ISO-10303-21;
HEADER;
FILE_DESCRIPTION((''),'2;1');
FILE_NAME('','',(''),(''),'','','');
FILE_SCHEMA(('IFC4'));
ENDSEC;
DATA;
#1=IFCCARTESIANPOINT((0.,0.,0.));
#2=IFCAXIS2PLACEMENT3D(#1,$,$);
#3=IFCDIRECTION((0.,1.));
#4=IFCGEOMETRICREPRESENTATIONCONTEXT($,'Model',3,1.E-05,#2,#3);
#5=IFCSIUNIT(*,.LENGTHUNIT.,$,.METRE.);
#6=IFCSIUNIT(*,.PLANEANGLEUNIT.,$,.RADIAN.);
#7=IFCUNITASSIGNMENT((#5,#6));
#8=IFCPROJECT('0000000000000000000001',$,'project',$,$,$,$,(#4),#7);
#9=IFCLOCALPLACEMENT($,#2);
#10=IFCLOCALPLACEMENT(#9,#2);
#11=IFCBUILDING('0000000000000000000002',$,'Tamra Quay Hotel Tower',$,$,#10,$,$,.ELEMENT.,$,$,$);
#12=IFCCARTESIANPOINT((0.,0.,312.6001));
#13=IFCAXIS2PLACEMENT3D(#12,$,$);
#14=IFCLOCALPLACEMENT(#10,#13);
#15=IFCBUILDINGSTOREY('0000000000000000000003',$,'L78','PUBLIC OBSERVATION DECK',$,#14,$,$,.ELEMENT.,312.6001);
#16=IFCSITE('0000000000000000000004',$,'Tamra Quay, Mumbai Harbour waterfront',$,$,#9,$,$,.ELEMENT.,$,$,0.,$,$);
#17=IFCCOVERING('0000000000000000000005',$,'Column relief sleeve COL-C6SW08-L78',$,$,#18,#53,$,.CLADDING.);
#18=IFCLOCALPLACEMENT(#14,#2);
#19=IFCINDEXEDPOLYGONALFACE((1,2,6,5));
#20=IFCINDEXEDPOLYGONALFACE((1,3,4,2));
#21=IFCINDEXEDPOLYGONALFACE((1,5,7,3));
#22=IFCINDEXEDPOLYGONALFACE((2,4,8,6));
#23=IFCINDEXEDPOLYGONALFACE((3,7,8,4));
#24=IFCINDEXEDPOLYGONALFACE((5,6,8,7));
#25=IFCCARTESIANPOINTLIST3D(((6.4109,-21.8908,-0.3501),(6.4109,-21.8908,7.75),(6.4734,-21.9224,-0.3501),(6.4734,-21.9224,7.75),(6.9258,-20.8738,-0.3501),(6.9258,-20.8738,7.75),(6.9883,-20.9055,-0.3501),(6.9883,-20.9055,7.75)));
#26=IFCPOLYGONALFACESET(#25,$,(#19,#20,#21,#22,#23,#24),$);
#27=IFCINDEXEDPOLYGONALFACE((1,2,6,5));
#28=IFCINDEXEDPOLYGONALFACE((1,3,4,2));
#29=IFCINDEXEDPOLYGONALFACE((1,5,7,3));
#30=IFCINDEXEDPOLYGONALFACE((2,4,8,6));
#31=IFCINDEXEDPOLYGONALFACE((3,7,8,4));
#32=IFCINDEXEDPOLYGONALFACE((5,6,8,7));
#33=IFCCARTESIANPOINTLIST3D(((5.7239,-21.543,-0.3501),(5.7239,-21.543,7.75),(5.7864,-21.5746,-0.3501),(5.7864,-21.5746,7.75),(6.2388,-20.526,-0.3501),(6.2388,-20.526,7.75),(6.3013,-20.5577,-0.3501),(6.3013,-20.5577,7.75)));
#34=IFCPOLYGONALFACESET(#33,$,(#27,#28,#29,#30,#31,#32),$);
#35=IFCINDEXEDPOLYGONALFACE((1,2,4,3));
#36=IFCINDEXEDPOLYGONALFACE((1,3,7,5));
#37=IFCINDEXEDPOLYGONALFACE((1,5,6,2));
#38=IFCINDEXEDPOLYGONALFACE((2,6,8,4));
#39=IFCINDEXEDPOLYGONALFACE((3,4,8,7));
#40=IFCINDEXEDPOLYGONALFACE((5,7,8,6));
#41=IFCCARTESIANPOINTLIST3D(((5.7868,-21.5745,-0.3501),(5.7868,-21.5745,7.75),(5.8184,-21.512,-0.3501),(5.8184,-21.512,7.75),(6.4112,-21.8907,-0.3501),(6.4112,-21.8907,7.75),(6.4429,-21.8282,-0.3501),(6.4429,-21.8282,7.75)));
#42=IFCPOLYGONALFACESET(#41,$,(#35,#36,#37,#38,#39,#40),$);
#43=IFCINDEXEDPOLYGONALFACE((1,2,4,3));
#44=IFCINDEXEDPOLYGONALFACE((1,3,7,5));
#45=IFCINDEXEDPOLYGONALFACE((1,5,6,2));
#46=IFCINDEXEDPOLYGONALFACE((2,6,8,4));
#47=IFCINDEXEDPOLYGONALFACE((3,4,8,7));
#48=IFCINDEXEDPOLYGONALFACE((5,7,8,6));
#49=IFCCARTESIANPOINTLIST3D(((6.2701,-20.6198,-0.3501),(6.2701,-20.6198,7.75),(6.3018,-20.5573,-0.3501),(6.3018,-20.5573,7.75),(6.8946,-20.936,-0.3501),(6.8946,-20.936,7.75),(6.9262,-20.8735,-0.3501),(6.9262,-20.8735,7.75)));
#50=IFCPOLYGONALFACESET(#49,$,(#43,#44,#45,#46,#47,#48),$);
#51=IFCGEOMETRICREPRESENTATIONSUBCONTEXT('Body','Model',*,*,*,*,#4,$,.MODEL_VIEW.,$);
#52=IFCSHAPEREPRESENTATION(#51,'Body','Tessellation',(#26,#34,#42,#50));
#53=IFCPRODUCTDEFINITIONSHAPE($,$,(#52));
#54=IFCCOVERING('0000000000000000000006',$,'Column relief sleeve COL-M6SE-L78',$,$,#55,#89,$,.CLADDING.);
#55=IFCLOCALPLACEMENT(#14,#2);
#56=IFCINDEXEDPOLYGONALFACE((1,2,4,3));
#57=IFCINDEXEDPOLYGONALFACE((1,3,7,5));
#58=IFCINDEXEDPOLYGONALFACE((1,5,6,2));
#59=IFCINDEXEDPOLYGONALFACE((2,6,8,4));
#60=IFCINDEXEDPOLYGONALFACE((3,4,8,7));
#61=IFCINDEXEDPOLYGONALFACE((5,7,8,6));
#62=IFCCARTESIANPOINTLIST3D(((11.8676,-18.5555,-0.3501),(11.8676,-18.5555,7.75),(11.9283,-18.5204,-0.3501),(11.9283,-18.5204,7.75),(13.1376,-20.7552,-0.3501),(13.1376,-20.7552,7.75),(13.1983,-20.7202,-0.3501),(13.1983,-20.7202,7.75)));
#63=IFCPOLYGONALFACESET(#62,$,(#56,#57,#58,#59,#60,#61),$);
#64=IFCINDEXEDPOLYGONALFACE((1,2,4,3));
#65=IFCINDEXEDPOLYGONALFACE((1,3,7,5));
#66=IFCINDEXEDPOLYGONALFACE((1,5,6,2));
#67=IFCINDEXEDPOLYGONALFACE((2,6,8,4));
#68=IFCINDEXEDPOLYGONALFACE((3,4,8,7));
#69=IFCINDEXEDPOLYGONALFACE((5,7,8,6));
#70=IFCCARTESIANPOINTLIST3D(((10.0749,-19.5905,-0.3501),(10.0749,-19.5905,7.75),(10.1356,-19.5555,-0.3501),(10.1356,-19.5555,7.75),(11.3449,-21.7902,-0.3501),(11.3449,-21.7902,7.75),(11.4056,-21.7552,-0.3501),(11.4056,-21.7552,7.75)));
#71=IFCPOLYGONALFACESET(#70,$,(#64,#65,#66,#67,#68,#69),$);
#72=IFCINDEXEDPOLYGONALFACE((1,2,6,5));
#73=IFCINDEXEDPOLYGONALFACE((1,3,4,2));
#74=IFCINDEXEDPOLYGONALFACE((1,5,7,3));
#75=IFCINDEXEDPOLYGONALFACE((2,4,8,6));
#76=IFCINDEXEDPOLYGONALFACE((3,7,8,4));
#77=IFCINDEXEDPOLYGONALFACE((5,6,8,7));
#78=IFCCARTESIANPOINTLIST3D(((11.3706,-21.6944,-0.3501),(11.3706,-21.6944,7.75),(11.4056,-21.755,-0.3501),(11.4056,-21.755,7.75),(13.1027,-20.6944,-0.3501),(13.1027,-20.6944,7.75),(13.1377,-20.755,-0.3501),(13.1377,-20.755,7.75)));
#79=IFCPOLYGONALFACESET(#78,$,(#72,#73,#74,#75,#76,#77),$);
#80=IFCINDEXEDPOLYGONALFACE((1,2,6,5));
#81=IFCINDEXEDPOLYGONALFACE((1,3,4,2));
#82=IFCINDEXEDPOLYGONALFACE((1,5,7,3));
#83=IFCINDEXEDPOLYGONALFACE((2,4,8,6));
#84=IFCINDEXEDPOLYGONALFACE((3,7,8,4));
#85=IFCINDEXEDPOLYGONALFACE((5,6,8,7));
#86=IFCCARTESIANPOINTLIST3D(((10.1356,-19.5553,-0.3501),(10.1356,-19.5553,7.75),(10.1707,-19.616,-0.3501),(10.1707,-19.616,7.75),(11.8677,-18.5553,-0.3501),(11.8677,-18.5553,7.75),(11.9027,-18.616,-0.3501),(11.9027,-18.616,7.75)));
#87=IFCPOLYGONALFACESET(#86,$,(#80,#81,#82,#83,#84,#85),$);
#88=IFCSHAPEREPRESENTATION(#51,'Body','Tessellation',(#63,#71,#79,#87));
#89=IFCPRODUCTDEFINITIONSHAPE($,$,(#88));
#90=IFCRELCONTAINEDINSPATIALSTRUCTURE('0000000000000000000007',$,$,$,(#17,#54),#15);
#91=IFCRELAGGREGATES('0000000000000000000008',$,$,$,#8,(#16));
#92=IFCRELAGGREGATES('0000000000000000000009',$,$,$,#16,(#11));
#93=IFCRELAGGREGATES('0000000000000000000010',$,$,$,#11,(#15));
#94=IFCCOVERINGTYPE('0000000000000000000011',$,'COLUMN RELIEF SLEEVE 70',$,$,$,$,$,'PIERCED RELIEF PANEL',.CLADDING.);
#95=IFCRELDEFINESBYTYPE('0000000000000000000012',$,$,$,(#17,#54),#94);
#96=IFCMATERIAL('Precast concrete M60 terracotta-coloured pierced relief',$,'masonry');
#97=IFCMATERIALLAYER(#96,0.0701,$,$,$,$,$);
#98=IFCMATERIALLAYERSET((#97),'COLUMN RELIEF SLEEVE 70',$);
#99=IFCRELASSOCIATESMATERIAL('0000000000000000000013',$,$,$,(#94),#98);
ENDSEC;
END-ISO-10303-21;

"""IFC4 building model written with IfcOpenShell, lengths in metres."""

from ifc_helpers import new_model, si_unit, direction, frame, frame_2d, origin, place, context, subcontext, project, spatial, rectangle, extrude, source, transform, mapped, material, layer, layer_set, type_object, element, save


model = new_model("IFC4")

# Units and contexts
model_context = context("Model", 3, precision=1e-05, world=origin(), true_north=direction((0.0, 1.0)))
body_context = subcontext(model_context, "Body", "Model", "MODEL_VIEW")
ifc_project = project(units=[si_unit("LENGTHUNIT", "METRE"), si_unit("PLANEANGLEUNIT", "RADIAN")], contexts=[model_context])

# Site, building, storey
site_placement = place(None, origin())
site = spatial("IfcSite", under=ifc_project, at=site_placement, Name="Tamra Quay, Mumbai Harbour waterfront", CompositionType="ELEMENT", RefElevation=0.0)
building_placement = place(site_placement, origin())
building = spatial("IfcBuilding", under=site, at=building_placement, Name="Tamra Quay Hotel Tower", CompositionType="ELEMENT")
storey_placement = place(building_placement, frame((0.0, 0.0, 312.6001)))
storey = spatial("IfcBuildingStorey", under=building, at=storey_placement, Name="L78", Description="PUBLIC OBSERVATION DECK", CompositionType="ELEMENT", Elevation=312.6001)

# Coverings
ifc_material_1 = material(Name="Precast concrete M60 terracotta-coloured pierced relief", Category="masonry")
ifc_layer_1 = layer(ifc_material_1, 0.0701)
ifc_layer_set_1 = layer_set([ifc_layer_1], Name="COLUMN RELIEF SLEEVE 70")
covering_type_1 = type_object("IfcCoveringType", Name="COLUMN RELIEF SLEEVE 70", ElementType="PIERCED RELIEF PANEL", PredefinedType="CLADDING", material=ifc_layer_set_1)
shared_shape_1 = source(origin(), body_context, "Body", "SweptSolid", [
    extrude(rectangle(XDim=1.1399, YDim=0.0701, at=frame_2d((0.5698, 0.0352))), frame((-0.5701, -0.4199, 0.0)), (0.0, 0.0, 1.0), 8.1001),
    extrude(rectangle(XDim=1.1399, YDim=0.0701, at=frame_2d((0.5698, 0.0352))), frame((-0.5701, 0.3501, 0.0)), (0.0, 0.0, 1.0), 8.1001),
    extrude(rectangle(XDim=0.0701, YDim=0.7, at=frame_2d((0.0352, 0.3501))), frame((-0.5701, -0.3501, 0.0)), (0.0, 0.0, 1.0), 8.1001),
    extrude(rectangle(XDim=0.0701, YDim=0.7, at=frame_2d((0.0352, 0.3501))), frame((0.5, -0.3501, 0.0)), (0.0, 0.0, 1.0), 8.1001),
])
for number, where, z_axis, x_axis, name in (
    (1, (6.3564, -21.2241, -0.3501), (0.0, 0.0, 1.0), (0.451686, 0.892177, 0.0), "Column relief sleeve COL-C6SW08-L78"),
):
    element("IfcCovering", number, at=place(storey_placement, frame(where, z_axis=z_axis, x_axis=x_axis)), inside=storey, type_object=covering_type_1, Name=name, PredefinedType="CLADDING", context=body_context, shape_type="MappedRepresentation", body=[
        mapped(shared_shape_1, transform((0.0, 0.0, 0.0), scale=1.0)),
    ])
shared_shape_2 = source(origin(), body_context, "Body", "SweptSolid", [
    extrude(rectangle(XDim=2.54, YDim=0.0701, at=frame_2d((1.27, 0.0352))), frame((-1.27, -1.0701, 0.0)), (0.0, 0.0, 1.0), 8.1001),
    extrude(rectangle(XDim=2.54, YDim=0.0701, at=frame_2d((1.27, 0.0352))), frame((-1.27, 1.0, 0.0)), (0.0, 0.0, 1.0), 8.1001),
    extrude(rectangle(XDim=0.0701, YDim=2.0, at=frame_2d((0.0352, 1.0))), frame((-1.27, -1.0, 0.0)), (0.0, 0.0, 1.0), 8.1001),
    extrude(rectangle(XDim=0.0701, YDim=2.0, at=frame_2d((0.0352, 1.0))), frame((1.2, -1.0, 0.0)), (0.0, 0.0, 1.0), 8.1001),
])
covering_1_placement = place(storey_placement, frame((11.6367, -20.1553, -0.3501), z_axis=(0.0, 0.0, 1.0), x_axis=(-0.5, 0.866025, 0.0)))
element("IfcCovering", 2, at=covering_1_placement, inside=storey, type_object=covering_type_1, Name="Column relief sleeve COL-M6SE-L78", PredefinedType="CLADDING", context=body_context, shape_type="MappedRepresentation", body=[
    mapped(shared_shape_2, transform((0.0, 0.0, 0.0), scale=1.0)),
])

save(model, "model.ifc")
